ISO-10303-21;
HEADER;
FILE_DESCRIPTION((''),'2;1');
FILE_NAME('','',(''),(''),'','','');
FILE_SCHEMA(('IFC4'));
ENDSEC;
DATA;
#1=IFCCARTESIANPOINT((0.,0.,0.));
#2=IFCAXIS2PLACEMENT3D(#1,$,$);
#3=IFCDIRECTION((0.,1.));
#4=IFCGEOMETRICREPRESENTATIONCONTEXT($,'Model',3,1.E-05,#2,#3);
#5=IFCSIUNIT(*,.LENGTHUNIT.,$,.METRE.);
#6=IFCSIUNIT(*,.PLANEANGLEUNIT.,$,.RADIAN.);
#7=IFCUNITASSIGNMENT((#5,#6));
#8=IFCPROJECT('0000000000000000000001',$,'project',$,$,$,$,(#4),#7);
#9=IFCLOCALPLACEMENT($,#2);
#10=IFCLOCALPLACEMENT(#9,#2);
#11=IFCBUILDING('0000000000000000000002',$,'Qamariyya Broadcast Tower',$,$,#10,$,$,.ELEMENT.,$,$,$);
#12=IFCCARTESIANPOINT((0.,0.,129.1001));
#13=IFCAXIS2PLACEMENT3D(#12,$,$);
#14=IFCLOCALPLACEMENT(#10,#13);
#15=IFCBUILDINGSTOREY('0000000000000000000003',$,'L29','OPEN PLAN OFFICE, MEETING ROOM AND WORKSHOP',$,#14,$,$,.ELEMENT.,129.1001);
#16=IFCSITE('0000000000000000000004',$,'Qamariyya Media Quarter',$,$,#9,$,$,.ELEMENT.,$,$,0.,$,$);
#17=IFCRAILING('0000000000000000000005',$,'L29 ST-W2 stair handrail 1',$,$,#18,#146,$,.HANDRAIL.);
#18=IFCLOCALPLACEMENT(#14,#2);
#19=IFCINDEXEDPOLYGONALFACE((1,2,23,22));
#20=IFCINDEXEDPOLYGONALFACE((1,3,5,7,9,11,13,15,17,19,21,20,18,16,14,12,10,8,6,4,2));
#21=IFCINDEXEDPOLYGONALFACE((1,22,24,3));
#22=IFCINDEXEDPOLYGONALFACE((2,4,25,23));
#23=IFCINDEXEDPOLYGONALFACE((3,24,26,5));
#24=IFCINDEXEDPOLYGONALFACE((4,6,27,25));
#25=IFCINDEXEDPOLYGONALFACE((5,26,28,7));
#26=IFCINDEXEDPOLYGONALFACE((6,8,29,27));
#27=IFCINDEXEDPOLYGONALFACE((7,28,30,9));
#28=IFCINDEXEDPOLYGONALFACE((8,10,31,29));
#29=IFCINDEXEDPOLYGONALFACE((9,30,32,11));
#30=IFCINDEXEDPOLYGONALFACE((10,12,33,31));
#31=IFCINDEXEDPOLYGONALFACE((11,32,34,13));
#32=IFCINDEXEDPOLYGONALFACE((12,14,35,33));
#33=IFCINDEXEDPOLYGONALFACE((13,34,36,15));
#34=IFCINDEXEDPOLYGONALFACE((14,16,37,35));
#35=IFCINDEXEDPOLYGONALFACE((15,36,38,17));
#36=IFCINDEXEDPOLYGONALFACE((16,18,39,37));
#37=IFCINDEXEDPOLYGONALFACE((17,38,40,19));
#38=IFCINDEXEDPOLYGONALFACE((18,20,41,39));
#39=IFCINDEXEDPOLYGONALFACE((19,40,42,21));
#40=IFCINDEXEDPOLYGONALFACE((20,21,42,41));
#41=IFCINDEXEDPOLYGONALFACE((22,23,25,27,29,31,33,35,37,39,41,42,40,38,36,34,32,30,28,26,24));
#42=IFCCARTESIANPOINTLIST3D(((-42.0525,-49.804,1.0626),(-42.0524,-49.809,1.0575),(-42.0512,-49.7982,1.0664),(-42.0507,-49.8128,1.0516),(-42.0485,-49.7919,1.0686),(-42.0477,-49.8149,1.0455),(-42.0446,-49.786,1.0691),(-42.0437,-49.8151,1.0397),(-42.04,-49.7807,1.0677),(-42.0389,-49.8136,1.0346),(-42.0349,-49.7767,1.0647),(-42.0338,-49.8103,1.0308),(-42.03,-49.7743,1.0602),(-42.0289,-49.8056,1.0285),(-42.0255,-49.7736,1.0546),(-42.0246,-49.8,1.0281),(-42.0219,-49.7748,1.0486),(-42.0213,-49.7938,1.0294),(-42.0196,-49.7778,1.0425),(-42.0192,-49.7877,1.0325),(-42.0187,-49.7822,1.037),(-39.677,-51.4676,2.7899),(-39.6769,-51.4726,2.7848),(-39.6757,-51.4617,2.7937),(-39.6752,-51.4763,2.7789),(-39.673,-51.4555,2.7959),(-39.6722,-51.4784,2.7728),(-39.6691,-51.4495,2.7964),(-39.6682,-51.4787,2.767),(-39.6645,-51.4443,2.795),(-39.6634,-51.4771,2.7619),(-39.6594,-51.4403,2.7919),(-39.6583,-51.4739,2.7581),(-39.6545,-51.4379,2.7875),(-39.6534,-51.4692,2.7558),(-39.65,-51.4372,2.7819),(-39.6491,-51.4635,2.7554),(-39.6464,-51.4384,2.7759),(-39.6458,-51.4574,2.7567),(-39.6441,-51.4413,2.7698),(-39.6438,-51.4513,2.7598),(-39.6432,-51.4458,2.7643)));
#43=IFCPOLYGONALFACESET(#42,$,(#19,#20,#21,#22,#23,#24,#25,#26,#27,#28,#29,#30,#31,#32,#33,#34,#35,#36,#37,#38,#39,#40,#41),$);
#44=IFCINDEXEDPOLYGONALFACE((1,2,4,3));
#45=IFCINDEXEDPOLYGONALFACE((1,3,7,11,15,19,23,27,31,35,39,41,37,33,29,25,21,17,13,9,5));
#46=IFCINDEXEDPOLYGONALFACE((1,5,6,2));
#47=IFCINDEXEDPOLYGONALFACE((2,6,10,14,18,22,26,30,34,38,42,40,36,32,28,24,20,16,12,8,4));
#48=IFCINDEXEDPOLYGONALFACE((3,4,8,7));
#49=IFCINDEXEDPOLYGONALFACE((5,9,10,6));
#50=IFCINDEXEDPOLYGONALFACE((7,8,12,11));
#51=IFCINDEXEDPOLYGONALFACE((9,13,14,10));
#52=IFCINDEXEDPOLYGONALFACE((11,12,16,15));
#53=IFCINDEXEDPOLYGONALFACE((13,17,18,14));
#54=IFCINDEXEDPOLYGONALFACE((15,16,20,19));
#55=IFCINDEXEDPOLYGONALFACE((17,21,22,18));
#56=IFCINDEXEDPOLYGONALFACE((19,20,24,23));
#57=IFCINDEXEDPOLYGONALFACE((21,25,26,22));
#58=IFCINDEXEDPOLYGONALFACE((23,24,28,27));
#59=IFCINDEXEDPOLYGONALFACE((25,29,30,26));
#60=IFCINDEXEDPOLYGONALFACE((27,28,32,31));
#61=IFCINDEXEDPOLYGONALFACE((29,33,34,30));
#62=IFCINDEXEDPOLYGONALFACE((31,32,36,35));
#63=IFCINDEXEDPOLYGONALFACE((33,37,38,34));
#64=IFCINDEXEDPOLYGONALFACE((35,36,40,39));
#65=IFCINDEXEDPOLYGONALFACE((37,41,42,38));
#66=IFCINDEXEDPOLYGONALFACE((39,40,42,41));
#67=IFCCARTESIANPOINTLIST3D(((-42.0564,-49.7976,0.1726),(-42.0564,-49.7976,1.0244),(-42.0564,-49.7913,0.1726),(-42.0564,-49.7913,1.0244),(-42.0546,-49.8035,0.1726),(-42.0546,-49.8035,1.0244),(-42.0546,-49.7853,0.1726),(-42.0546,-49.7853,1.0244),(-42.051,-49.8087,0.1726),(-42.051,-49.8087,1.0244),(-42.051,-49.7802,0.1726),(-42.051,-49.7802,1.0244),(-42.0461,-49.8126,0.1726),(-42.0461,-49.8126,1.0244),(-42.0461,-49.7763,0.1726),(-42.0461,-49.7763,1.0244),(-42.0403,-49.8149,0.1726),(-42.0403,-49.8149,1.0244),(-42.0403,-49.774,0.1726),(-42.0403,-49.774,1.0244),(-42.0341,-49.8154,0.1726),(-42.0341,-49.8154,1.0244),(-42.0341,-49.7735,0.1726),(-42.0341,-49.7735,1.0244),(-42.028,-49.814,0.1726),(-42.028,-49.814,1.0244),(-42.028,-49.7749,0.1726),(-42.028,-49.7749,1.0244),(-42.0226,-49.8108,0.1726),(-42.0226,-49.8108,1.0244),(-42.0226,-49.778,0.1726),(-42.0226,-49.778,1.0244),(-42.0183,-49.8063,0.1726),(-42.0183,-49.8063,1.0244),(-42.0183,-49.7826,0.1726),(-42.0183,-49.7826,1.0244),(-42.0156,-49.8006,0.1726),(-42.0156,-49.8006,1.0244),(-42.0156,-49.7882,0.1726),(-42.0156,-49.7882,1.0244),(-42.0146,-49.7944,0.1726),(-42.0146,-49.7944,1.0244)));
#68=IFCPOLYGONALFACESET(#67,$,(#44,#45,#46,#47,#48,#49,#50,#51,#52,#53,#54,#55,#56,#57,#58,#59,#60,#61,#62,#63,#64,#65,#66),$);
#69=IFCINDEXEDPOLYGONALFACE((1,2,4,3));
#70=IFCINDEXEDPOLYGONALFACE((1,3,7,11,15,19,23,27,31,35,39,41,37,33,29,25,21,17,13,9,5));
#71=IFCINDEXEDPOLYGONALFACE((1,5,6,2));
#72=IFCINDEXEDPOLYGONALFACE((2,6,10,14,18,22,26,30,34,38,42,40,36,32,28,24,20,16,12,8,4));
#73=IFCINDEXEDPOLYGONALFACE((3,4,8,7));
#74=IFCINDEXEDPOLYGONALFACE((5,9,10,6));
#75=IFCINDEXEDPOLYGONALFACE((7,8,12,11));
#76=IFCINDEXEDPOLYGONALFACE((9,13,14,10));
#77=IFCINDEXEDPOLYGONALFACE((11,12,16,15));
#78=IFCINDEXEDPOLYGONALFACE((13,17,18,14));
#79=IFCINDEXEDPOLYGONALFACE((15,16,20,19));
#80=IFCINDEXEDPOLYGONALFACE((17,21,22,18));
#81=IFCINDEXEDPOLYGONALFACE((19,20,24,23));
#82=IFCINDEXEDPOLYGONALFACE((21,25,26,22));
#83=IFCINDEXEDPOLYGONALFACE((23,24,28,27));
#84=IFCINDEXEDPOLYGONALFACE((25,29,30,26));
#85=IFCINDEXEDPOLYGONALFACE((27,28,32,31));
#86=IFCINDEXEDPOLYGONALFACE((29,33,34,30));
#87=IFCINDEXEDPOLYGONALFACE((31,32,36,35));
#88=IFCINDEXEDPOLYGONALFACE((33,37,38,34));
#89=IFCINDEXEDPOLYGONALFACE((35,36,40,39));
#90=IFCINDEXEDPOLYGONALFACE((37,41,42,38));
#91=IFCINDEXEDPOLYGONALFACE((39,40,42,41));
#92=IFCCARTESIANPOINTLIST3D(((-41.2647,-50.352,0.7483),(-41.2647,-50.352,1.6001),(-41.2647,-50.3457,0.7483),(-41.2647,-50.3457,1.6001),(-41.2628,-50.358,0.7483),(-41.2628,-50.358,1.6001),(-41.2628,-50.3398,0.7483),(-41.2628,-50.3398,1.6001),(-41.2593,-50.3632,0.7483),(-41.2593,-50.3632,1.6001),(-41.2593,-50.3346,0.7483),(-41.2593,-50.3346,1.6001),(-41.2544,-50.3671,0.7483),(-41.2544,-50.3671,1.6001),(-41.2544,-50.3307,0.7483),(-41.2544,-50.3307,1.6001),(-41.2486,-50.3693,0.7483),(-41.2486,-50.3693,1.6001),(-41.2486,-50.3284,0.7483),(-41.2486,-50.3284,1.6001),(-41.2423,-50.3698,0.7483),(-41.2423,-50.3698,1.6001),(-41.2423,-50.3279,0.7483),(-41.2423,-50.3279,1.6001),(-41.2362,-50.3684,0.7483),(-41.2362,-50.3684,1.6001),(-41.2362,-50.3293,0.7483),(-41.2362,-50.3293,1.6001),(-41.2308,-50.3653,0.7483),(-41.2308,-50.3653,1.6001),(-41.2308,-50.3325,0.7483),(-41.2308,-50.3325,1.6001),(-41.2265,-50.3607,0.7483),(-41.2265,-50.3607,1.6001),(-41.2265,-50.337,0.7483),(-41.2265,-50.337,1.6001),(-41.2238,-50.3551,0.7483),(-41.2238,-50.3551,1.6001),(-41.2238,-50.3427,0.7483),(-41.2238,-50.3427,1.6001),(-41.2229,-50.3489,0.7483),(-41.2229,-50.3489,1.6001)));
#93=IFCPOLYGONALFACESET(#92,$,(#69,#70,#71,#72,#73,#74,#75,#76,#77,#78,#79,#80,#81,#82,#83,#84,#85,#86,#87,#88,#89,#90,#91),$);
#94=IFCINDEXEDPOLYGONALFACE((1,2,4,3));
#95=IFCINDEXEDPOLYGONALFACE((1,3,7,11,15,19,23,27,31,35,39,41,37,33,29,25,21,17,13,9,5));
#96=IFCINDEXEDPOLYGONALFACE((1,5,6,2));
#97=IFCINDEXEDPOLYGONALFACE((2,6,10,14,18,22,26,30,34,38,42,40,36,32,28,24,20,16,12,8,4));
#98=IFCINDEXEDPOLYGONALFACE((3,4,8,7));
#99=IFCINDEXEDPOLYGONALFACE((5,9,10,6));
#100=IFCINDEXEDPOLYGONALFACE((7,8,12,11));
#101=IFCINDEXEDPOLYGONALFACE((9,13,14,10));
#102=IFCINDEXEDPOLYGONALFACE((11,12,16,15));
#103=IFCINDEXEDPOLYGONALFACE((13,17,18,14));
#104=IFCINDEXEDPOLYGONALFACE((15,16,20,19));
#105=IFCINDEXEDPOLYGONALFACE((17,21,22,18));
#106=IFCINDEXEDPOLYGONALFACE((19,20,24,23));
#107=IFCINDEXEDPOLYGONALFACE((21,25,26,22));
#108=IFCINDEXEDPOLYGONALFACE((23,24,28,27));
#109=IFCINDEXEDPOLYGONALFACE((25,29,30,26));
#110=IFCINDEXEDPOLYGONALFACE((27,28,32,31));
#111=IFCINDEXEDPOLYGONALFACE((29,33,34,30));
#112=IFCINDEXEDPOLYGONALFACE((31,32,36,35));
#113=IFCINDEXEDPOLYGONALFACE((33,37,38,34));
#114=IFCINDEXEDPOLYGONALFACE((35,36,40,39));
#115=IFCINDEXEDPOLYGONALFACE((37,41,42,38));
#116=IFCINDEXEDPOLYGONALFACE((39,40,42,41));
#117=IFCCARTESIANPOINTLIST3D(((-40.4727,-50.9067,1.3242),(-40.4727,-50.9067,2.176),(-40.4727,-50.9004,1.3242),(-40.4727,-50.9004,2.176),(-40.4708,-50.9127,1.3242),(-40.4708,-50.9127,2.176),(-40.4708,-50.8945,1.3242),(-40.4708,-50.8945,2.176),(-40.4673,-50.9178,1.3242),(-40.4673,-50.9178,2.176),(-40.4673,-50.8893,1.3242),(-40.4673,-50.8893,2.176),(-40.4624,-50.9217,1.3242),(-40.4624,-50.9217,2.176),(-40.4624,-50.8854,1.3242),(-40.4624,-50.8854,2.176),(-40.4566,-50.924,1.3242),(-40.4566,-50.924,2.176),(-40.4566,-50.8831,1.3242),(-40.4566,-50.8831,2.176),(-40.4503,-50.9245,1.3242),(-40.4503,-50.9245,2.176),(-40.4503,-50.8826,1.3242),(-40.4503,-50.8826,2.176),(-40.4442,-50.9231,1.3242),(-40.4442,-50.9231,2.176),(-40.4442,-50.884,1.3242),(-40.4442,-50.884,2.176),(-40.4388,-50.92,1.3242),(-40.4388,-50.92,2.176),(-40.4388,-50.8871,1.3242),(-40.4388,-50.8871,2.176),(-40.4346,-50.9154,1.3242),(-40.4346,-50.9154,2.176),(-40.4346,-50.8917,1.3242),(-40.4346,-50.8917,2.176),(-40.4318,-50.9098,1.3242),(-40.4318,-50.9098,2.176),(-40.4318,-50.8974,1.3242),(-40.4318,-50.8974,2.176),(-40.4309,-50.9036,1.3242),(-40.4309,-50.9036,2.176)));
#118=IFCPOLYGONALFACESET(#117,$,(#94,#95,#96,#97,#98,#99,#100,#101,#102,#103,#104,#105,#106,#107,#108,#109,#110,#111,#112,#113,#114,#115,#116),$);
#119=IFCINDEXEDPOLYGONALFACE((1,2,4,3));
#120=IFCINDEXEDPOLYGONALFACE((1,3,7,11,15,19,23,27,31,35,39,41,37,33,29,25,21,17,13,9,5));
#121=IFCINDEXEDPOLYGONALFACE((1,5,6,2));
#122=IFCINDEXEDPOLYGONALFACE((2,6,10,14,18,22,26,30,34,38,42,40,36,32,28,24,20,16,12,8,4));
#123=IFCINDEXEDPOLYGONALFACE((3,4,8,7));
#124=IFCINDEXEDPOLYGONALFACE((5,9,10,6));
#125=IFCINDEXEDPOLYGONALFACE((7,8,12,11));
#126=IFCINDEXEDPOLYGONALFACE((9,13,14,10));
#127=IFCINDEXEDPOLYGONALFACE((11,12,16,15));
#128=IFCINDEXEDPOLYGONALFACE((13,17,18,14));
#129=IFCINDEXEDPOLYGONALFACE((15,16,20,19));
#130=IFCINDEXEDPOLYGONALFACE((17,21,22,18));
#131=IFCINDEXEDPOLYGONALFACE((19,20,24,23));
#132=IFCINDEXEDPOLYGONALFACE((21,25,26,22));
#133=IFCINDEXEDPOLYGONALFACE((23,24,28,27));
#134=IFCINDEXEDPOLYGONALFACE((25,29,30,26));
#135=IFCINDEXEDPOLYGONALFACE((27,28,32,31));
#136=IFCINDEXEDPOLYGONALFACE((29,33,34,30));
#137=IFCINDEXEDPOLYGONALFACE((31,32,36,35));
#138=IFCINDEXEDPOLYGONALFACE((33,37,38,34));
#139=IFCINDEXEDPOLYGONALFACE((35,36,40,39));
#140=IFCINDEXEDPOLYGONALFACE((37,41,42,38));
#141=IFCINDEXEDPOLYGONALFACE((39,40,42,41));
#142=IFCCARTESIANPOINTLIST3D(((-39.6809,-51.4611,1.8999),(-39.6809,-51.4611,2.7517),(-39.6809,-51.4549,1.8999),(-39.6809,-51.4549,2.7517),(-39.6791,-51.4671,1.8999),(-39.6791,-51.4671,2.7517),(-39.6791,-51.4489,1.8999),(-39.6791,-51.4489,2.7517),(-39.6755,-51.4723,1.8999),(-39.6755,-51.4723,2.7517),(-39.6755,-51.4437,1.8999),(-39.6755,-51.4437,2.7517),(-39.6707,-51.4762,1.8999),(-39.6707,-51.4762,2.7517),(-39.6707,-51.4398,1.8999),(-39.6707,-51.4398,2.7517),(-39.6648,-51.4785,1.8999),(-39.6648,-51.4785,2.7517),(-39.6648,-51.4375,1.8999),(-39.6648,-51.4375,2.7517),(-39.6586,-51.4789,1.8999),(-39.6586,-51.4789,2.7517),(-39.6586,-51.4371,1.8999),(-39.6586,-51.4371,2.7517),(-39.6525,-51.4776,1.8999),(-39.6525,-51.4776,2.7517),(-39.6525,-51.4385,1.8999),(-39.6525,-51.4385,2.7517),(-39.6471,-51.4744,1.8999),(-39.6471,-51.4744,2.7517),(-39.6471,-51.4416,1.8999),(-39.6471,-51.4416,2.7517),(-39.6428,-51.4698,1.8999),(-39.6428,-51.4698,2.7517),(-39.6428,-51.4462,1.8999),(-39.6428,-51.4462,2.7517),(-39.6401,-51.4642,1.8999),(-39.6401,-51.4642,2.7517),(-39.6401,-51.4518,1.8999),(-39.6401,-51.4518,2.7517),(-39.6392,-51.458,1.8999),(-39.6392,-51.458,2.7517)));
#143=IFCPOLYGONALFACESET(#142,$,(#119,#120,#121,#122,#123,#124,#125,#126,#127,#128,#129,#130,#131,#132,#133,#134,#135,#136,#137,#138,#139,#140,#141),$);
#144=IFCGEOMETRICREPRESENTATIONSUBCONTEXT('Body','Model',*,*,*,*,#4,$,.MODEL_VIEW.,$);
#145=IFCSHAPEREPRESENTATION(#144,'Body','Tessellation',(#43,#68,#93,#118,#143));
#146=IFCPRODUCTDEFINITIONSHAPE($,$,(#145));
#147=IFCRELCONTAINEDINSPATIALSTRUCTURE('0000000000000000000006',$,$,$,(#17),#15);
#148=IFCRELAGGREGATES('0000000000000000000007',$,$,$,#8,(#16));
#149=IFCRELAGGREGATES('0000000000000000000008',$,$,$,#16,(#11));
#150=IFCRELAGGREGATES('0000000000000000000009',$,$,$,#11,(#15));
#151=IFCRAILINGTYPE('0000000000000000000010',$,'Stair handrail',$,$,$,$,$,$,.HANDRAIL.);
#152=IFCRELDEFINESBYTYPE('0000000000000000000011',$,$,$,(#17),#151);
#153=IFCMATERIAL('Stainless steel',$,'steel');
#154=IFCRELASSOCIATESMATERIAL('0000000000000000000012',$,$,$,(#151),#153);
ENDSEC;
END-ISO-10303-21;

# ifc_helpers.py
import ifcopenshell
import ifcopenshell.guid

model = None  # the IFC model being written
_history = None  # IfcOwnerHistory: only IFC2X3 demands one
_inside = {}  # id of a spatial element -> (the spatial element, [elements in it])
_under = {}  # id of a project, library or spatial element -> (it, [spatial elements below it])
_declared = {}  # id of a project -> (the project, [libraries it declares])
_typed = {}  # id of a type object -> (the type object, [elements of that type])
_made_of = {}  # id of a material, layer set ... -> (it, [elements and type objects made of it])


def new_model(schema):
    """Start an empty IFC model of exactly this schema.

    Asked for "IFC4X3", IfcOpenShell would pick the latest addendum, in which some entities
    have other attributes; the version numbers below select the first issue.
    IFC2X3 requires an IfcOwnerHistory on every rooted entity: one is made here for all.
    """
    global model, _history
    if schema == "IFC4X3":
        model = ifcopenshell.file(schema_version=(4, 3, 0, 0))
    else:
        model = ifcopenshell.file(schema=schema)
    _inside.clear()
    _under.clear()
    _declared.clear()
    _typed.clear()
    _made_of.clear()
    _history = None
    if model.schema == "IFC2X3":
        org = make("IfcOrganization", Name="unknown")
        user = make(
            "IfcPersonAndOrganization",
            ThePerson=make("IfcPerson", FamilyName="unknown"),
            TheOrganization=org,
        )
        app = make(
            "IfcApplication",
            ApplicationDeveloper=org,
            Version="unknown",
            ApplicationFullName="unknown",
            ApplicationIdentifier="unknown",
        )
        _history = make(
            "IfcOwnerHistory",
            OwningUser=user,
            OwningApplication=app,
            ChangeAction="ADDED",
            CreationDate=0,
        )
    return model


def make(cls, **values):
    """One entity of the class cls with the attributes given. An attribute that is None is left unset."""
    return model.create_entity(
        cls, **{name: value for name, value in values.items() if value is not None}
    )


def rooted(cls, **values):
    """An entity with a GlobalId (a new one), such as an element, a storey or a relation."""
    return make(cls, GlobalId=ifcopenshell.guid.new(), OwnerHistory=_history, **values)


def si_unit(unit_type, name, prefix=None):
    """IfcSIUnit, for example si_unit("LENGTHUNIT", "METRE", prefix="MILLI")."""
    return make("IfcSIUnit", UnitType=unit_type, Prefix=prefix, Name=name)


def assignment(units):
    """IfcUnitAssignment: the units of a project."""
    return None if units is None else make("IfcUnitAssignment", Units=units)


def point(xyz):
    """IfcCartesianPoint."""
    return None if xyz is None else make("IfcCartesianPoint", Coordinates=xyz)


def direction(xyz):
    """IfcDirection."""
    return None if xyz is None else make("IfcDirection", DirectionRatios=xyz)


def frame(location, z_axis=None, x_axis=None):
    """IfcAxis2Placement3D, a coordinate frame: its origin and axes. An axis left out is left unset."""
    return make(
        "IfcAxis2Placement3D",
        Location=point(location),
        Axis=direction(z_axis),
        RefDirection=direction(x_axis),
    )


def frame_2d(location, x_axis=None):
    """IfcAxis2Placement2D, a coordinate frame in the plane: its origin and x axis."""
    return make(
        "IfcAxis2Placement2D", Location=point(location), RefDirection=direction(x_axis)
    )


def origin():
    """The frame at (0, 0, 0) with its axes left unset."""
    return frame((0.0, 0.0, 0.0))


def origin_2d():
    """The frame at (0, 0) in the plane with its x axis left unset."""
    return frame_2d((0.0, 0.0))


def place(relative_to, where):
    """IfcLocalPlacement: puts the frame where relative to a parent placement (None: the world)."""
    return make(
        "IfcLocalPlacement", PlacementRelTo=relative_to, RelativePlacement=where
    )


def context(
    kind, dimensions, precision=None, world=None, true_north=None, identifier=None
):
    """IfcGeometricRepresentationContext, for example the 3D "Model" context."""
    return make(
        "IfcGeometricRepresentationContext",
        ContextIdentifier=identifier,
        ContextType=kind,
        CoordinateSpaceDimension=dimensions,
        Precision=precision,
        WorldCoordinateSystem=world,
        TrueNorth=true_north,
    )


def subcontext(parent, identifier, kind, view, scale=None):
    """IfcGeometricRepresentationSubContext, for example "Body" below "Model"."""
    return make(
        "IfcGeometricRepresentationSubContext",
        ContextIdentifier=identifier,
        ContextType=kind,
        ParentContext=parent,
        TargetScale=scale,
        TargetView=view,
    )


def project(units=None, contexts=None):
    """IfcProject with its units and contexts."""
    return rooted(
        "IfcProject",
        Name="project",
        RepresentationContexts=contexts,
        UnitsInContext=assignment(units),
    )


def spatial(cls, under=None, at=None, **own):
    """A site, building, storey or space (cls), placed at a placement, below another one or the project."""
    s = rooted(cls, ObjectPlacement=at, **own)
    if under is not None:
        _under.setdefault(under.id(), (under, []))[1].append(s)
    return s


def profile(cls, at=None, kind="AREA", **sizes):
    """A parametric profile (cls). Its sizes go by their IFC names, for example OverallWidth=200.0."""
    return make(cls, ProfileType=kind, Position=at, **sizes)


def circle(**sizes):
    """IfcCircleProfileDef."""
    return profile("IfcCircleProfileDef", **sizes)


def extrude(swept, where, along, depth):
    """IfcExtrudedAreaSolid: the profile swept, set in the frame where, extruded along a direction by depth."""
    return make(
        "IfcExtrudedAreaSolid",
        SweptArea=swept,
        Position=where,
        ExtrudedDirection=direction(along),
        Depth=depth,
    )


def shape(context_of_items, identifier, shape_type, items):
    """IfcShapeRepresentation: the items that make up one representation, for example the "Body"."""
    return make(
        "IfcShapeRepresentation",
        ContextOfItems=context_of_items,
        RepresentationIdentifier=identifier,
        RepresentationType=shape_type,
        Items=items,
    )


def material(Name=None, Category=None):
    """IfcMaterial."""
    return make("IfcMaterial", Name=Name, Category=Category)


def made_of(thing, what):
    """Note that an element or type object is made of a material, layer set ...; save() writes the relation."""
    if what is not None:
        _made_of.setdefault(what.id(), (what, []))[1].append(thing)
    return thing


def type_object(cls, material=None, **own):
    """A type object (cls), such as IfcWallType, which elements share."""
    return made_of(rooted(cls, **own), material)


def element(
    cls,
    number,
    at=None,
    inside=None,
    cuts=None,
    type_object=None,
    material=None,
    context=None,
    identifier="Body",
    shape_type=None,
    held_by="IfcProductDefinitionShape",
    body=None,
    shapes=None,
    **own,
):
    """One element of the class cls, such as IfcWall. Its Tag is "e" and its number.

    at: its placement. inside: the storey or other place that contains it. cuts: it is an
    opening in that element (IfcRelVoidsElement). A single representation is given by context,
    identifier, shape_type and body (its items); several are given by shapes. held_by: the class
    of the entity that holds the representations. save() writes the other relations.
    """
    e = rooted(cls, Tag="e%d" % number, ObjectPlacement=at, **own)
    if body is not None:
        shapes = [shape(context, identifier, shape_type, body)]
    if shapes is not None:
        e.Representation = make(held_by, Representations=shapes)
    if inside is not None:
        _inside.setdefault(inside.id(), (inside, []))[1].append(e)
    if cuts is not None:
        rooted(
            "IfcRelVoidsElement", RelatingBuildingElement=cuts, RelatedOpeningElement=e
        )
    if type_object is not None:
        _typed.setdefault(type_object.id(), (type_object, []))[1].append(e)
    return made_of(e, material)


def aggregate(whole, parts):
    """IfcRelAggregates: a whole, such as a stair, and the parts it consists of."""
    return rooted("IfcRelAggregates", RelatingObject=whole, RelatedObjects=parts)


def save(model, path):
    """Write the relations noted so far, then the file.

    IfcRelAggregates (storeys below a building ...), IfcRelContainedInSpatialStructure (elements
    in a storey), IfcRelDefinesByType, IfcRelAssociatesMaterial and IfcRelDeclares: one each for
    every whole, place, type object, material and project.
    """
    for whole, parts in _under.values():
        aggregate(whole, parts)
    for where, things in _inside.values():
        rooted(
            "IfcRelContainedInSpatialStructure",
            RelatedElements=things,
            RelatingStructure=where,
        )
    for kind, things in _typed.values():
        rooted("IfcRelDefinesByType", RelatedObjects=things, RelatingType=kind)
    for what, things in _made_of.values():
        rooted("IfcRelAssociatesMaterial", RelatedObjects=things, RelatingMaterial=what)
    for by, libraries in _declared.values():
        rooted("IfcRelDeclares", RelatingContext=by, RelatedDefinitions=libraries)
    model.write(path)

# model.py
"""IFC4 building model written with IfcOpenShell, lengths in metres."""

from ifc_helpers import new_model, si_unit, direction, frame, origin, origin_2d, place, context, subcontext, project, spatial, circle, extrude, material, type_object, element, save


model = new_model("IFC4")

# Units and contexts
model_context = context("Model", 3, precision=1e-05, world=origin(), true_north=direction((0.0, 1.0)))
body_context = subcontext(model_context, "Body", "Model", "MODEL_VIEW")
ifc_project = project(units=[si_unit("LENGTHUNIT", "METRE"), si_unit("PLANEANGLEUNIT", "RADIAN")], contexts=[model_context])

# Site, building, storey
site_placement = place(None, origin())
site = spatial("IfcSite", under=ifc_project, at=site_placement, Name="Qamariyya Media Quarter", CompositionType="ELEMENT", RefElevation=0.0)
building_placement = place(site_placement, origin())
building = spatial("IfcBuilding", under=site, at=building_placement, Name="Qamariyya Broadcast Tower", CompositionType="ELEMENT")
storey_placement = place(building_placement, frame((0.0, 0.0, 129.1001)))
storey = spatial("IfcBuildingStorey", under=building, at=storey_placement, Name="L29", Description="OPEN PLAN OFFICE, MEETING ROOM AND WORKSHOP", CompositionType="ELEMENT", Elevation=129.1001)

# Railing
ifc_material_1 = material(Name="Stainless steel", Category="steel")
railing_type_1 = type_object("IfcRailingType", Name="Stair handrail", PredefinedType="HANDRAIL", material=ifc_material_1)
railing_1_placement = place(storey_placement, frame((-42.0356, -49.7944, 0.1726)))
element("IfcRailing", 1, at=railing_1_placement, inside=storey, type_object=railing_type_1, Name="L29 ST-W2 stair handrail 1", PredefinedType="HANDRAIL", context=body_context, shape_type="SweptSolid", body=[
    extrude(circle(Radius=0.0239, at=origin_2d()), frame((0.0, 0.0, 0.876), z_axis=(0.703745, -0.492838, 0.511716), x_axis=(0.573632, 0.819113, 0.0)), (0.0, 0.0, 1.0), 3.3755),
    extrude(circle(Radius=0.021, at=origin_2d()), origin(), (0.0, 0.0, 1.0), 0.8518),
    extrude(circle(Radius=0.021, at=origin_2d()), frame((0.7917, -0.5544, 0.5757)), (0.0, 0.0, 1.0), 0.8518),
    extrude(circle(Radius=0.021, at=origin_2d()), frame((1.5837, -1.1091, 1.1516)), (0.0, 0.0, 1.0), 0.8518),
    extrude(circle(Radius=0.021, at=origin_2d()), frame((2.3755, -1.6636, 1.7273)), (0.0, 0.0, 1.0), 0.8518),
])

save(model, "model.ifc")
